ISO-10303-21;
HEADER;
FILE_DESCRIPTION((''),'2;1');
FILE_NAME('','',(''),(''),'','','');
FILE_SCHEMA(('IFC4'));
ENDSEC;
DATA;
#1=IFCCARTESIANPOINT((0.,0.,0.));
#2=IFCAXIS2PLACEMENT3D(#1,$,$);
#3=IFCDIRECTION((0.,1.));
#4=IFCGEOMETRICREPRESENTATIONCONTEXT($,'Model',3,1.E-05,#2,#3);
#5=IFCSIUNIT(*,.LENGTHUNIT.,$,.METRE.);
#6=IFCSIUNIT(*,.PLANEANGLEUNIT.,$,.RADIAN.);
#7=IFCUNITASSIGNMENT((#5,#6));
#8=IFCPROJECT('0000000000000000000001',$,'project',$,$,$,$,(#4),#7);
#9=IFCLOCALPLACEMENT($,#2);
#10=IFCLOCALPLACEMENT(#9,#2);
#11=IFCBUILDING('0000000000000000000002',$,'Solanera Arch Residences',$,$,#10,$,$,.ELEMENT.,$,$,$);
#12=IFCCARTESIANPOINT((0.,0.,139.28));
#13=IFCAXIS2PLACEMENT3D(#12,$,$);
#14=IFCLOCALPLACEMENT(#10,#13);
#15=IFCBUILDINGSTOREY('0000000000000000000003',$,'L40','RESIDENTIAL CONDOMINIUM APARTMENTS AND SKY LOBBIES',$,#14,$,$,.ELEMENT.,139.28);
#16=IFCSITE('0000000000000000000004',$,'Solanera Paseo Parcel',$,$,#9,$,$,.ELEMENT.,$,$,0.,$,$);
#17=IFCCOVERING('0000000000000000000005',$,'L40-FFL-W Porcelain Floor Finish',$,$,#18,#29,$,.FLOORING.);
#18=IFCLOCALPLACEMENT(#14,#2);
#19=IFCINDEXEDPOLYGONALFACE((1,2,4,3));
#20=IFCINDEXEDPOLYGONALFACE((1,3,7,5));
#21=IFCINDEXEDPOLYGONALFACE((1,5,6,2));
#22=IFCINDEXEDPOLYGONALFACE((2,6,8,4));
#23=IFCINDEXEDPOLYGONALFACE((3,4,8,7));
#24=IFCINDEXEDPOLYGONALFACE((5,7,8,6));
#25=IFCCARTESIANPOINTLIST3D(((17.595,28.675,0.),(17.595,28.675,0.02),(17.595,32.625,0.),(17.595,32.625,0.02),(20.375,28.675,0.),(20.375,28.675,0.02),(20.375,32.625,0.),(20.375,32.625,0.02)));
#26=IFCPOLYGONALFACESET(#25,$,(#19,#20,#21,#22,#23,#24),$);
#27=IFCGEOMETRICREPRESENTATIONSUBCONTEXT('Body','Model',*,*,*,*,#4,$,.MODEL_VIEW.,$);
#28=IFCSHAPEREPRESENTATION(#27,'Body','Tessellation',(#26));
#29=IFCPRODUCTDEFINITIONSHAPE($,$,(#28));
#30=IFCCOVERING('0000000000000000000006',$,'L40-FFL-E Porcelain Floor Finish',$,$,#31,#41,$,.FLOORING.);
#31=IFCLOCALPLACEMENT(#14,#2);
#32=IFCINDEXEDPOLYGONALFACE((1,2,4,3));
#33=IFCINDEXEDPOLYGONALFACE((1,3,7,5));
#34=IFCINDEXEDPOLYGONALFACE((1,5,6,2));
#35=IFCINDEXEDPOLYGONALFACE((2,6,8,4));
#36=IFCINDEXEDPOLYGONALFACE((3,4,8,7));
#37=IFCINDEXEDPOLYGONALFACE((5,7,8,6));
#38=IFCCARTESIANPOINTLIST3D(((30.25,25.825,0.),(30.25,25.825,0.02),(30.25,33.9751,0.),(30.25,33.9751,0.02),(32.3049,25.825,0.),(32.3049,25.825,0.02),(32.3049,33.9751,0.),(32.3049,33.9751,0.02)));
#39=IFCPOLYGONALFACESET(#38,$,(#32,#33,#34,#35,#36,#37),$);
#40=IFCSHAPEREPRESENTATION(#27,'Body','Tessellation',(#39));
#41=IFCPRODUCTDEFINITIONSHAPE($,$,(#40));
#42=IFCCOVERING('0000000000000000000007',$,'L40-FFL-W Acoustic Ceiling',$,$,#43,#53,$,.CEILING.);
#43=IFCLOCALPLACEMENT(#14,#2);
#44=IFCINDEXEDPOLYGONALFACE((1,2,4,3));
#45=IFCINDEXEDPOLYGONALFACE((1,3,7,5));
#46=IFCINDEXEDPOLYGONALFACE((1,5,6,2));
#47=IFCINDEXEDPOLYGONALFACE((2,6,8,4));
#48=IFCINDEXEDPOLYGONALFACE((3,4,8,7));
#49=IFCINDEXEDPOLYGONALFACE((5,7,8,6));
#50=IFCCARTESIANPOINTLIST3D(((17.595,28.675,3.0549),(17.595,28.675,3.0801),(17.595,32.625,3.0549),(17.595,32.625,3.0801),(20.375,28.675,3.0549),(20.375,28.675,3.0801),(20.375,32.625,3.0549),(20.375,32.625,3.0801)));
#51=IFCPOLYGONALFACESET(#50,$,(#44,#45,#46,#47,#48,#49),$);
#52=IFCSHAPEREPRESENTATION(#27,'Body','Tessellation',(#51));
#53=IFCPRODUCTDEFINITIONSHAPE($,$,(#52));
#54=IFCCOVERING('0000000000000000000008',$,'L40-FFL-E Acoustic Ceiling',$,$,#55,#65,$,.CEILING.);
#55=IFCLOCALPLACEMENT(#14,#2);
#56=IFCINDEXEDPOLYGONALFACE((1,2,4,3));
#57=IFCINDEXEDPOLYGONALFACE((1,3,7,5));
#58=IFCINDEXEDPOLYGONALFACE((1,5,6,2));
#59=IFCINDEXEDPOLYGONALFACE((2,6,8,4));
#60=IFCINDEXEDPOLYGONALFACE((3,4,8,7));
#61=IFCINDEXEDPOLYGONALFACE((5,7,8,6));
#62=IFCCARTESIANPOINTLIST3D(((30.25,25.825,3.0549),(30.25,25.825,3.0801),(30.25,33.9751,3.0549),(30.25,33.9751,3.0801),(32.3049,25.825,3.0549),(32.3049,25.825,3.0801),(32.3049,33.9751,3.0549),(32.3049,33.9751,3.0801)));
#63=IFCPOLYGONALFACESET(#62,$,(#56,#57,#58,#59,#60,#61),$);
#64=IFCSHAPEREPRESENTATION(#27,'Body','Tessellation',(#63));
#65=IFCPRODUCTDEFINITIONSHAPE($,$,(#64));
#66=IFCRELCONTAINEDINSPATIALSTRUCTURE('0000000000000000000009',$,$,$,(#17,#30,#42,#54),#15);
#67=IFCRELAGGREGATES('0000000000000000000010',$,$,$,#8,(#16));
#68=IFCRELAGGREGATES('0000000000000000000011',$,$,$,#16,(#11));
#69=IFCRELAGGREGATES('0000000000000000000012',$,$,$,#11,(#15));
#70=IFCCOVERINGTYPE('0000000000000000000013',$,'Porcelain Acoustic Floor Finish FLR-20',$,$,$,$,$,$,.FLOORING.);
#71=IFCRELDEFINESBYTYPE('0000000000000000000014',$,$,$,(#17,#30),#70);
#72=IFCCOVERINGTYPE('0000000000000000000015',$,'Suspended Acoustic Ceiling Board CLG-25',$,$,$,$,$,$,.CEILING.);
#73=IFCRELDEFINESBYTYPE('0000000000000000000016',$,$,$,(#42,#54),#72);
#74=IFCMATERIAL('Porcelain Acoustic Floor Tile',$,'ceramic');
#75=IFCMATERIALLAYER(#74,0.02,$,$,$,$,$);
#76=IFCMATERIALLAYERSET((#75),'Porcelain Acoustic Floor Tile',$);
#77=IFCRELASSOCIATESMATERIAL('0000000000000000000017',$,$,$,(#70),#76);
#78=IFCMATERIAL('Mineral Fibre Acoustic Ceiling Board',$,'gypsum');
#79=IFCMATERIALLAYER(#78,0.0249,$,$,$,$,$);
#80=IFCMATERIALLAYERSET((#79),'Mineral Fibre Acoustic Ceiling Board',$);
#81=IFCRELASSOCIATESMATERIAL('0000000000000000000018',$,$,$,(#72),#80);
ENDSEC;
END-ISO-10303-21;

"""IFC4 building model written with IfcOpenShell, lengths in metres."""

from ifc_helpers import new_model, si_unit, direction, frame, origin, place, context, subcontext, project, spatial, polyline, outline, extrude, material, layer, layer_set, type_object, element, save


model = new_model("IFC4")

# Units and contexts
model_context = context("Model", 3, precision=1e-05, world=origin(), true_north=direction((0.0, 1.0)))
body_context = subcontext(model_context, "Body", "Model", "MODEL_VIEW")
ifc_project = project(units=[si_unit("LENGTHUNIT", "METRE"), si_unit("PLANEANGLEUNIT", "RADIAN")], contexts=[model_context])

# Site, building, storey
site_placement = place(None, origin())
site = spatial("IfcSite", under=ifc_project, at=site_placement, Name="Solanera Paseo Parcel", CompositionType="ELEMENT", RefElevation=0.0)
building_placement = place(site_placement, origin())
building = spatial("IfcBuilding", under=site, at=building_placement, Name="Solanera Arch Residences", CompositionType="ELEMENT")
storey_placement = place(building_placement, frame((0.0, 0.0, 139.28)))
storey = spatial("IfcBuildingStorey", under=building, at=storey_placement, Name="L40", Description="RESIDENTIAL CONDOMINIUM APARTMENTS AND SKY LOBBIES", CompositionType="ELEMENT", Elevation=139.28)

# Coverings
ifc_material_1 = material(Name="Porcelain Acoustic Floor Tile", Category="ceramic")
ifc_layer_1 = layer(ifc_material_1, 0.02)
ifc_layer_set_1 = layer_set([ifc_layer_1], Name="Porcelain Acoustic Floor Tile")
covering_type_1 = type_object("IfcCoveringType", Name="Porcelain Acoustic Floor Finish FLR-20", PredefinedType="FLOORING", material=ifc_layer_set_1)
covering_1_placement = place(storey_placement, origin())
element("IfcCovering", 1, at=covering_1_placement, inside=storey, type_object=covering_type_1, Name="L40-FFL-W Porcelain Floor Finish", PredefinedType="FLOORING", context=body_context, shape_type="SweptSolid", body=[
    extrude(outline(polyline([(20.375, 28.675), (17.595, 28.675), (17.595, 32.625), (20.375, 32.625), (20.375, 28.675)])), origin(), (0.0, 0.0, 1.0), 0.02),
])
covering_2_placement = place(storey_placement, origin())
element("IfcCovering", 2, at=covering_2_placement, inside=storey, type_object=covering_type_1, Name="L40-FFL-E Porcelain Floor Finish", PredefinedType="FLOORING", context=body_context, shape_type="SweptSolid", body=[
    extrude(outline(polyline([(32.3049, 25.825), (30.25, 25.825), (30.25, 33.9751), (32.3049, 33.9751), (32.3049, 25.825)])), origin(), (0.0, 0.0, 1.0), 0.02),
])
ifc_material_2 = material(Name="Mineral Fibre Acoustic Ceiling Board", Category="gypsum")
ifc_layer_2 = layer(ifc_material_2, 0.0249)
ifc_layer_set_2 = layer_set([ifc_layer_2], Name="Mineral Fibre Acoustic Ceiling Board")
covering_type_2 = type_object("IfcCoveringType", Name="Suspended Acoustic Ceiling Board CLG-25", PredefinedType="CEILING", material=ifc_layer_set_2)
covering_3_placement = place(storey_placement, frame((0.0, 0.0, 3.0549)))
element("IfcCovering", 3, at=covering_3_placement, inside=storey, type_object=covering_type_2, Name="L40-FFL-W Acoustic Ceiling", PredefinedType="CEILING", context=body_context, shape_type="SweptSolid", body=[
    extrude(outline(polyline([(20.375, 28.675), (17.595, 28.675), (17.595, 32.625), (20.375, 32.625), (20.375, 28.675)])), origin(), (0.0, 0.0, 1.0), 0.0251),
])
covering_4_placement = place(storey_placement, frame((0.0, 0.0, 3.0549)))
element("IfcCovering", 4, at=covering_4_placement, inside=storey, type_object=covering_type_2, Name="L40-FFL-E Acoustic Ceiling", PredefinedType="CEILING", context=body_context, shape_type="SweptSolid", body=[
    extrude(outline(polyline([(32.3049, 25.825), (30.25, 25.825), (30.25, 33.9751), (32.3049, 33.9751), (32.3049, 25.825)])), origin(), (0.0, 0.0, 1.0), 0.0251),
])

save(model, "model.ifc")
